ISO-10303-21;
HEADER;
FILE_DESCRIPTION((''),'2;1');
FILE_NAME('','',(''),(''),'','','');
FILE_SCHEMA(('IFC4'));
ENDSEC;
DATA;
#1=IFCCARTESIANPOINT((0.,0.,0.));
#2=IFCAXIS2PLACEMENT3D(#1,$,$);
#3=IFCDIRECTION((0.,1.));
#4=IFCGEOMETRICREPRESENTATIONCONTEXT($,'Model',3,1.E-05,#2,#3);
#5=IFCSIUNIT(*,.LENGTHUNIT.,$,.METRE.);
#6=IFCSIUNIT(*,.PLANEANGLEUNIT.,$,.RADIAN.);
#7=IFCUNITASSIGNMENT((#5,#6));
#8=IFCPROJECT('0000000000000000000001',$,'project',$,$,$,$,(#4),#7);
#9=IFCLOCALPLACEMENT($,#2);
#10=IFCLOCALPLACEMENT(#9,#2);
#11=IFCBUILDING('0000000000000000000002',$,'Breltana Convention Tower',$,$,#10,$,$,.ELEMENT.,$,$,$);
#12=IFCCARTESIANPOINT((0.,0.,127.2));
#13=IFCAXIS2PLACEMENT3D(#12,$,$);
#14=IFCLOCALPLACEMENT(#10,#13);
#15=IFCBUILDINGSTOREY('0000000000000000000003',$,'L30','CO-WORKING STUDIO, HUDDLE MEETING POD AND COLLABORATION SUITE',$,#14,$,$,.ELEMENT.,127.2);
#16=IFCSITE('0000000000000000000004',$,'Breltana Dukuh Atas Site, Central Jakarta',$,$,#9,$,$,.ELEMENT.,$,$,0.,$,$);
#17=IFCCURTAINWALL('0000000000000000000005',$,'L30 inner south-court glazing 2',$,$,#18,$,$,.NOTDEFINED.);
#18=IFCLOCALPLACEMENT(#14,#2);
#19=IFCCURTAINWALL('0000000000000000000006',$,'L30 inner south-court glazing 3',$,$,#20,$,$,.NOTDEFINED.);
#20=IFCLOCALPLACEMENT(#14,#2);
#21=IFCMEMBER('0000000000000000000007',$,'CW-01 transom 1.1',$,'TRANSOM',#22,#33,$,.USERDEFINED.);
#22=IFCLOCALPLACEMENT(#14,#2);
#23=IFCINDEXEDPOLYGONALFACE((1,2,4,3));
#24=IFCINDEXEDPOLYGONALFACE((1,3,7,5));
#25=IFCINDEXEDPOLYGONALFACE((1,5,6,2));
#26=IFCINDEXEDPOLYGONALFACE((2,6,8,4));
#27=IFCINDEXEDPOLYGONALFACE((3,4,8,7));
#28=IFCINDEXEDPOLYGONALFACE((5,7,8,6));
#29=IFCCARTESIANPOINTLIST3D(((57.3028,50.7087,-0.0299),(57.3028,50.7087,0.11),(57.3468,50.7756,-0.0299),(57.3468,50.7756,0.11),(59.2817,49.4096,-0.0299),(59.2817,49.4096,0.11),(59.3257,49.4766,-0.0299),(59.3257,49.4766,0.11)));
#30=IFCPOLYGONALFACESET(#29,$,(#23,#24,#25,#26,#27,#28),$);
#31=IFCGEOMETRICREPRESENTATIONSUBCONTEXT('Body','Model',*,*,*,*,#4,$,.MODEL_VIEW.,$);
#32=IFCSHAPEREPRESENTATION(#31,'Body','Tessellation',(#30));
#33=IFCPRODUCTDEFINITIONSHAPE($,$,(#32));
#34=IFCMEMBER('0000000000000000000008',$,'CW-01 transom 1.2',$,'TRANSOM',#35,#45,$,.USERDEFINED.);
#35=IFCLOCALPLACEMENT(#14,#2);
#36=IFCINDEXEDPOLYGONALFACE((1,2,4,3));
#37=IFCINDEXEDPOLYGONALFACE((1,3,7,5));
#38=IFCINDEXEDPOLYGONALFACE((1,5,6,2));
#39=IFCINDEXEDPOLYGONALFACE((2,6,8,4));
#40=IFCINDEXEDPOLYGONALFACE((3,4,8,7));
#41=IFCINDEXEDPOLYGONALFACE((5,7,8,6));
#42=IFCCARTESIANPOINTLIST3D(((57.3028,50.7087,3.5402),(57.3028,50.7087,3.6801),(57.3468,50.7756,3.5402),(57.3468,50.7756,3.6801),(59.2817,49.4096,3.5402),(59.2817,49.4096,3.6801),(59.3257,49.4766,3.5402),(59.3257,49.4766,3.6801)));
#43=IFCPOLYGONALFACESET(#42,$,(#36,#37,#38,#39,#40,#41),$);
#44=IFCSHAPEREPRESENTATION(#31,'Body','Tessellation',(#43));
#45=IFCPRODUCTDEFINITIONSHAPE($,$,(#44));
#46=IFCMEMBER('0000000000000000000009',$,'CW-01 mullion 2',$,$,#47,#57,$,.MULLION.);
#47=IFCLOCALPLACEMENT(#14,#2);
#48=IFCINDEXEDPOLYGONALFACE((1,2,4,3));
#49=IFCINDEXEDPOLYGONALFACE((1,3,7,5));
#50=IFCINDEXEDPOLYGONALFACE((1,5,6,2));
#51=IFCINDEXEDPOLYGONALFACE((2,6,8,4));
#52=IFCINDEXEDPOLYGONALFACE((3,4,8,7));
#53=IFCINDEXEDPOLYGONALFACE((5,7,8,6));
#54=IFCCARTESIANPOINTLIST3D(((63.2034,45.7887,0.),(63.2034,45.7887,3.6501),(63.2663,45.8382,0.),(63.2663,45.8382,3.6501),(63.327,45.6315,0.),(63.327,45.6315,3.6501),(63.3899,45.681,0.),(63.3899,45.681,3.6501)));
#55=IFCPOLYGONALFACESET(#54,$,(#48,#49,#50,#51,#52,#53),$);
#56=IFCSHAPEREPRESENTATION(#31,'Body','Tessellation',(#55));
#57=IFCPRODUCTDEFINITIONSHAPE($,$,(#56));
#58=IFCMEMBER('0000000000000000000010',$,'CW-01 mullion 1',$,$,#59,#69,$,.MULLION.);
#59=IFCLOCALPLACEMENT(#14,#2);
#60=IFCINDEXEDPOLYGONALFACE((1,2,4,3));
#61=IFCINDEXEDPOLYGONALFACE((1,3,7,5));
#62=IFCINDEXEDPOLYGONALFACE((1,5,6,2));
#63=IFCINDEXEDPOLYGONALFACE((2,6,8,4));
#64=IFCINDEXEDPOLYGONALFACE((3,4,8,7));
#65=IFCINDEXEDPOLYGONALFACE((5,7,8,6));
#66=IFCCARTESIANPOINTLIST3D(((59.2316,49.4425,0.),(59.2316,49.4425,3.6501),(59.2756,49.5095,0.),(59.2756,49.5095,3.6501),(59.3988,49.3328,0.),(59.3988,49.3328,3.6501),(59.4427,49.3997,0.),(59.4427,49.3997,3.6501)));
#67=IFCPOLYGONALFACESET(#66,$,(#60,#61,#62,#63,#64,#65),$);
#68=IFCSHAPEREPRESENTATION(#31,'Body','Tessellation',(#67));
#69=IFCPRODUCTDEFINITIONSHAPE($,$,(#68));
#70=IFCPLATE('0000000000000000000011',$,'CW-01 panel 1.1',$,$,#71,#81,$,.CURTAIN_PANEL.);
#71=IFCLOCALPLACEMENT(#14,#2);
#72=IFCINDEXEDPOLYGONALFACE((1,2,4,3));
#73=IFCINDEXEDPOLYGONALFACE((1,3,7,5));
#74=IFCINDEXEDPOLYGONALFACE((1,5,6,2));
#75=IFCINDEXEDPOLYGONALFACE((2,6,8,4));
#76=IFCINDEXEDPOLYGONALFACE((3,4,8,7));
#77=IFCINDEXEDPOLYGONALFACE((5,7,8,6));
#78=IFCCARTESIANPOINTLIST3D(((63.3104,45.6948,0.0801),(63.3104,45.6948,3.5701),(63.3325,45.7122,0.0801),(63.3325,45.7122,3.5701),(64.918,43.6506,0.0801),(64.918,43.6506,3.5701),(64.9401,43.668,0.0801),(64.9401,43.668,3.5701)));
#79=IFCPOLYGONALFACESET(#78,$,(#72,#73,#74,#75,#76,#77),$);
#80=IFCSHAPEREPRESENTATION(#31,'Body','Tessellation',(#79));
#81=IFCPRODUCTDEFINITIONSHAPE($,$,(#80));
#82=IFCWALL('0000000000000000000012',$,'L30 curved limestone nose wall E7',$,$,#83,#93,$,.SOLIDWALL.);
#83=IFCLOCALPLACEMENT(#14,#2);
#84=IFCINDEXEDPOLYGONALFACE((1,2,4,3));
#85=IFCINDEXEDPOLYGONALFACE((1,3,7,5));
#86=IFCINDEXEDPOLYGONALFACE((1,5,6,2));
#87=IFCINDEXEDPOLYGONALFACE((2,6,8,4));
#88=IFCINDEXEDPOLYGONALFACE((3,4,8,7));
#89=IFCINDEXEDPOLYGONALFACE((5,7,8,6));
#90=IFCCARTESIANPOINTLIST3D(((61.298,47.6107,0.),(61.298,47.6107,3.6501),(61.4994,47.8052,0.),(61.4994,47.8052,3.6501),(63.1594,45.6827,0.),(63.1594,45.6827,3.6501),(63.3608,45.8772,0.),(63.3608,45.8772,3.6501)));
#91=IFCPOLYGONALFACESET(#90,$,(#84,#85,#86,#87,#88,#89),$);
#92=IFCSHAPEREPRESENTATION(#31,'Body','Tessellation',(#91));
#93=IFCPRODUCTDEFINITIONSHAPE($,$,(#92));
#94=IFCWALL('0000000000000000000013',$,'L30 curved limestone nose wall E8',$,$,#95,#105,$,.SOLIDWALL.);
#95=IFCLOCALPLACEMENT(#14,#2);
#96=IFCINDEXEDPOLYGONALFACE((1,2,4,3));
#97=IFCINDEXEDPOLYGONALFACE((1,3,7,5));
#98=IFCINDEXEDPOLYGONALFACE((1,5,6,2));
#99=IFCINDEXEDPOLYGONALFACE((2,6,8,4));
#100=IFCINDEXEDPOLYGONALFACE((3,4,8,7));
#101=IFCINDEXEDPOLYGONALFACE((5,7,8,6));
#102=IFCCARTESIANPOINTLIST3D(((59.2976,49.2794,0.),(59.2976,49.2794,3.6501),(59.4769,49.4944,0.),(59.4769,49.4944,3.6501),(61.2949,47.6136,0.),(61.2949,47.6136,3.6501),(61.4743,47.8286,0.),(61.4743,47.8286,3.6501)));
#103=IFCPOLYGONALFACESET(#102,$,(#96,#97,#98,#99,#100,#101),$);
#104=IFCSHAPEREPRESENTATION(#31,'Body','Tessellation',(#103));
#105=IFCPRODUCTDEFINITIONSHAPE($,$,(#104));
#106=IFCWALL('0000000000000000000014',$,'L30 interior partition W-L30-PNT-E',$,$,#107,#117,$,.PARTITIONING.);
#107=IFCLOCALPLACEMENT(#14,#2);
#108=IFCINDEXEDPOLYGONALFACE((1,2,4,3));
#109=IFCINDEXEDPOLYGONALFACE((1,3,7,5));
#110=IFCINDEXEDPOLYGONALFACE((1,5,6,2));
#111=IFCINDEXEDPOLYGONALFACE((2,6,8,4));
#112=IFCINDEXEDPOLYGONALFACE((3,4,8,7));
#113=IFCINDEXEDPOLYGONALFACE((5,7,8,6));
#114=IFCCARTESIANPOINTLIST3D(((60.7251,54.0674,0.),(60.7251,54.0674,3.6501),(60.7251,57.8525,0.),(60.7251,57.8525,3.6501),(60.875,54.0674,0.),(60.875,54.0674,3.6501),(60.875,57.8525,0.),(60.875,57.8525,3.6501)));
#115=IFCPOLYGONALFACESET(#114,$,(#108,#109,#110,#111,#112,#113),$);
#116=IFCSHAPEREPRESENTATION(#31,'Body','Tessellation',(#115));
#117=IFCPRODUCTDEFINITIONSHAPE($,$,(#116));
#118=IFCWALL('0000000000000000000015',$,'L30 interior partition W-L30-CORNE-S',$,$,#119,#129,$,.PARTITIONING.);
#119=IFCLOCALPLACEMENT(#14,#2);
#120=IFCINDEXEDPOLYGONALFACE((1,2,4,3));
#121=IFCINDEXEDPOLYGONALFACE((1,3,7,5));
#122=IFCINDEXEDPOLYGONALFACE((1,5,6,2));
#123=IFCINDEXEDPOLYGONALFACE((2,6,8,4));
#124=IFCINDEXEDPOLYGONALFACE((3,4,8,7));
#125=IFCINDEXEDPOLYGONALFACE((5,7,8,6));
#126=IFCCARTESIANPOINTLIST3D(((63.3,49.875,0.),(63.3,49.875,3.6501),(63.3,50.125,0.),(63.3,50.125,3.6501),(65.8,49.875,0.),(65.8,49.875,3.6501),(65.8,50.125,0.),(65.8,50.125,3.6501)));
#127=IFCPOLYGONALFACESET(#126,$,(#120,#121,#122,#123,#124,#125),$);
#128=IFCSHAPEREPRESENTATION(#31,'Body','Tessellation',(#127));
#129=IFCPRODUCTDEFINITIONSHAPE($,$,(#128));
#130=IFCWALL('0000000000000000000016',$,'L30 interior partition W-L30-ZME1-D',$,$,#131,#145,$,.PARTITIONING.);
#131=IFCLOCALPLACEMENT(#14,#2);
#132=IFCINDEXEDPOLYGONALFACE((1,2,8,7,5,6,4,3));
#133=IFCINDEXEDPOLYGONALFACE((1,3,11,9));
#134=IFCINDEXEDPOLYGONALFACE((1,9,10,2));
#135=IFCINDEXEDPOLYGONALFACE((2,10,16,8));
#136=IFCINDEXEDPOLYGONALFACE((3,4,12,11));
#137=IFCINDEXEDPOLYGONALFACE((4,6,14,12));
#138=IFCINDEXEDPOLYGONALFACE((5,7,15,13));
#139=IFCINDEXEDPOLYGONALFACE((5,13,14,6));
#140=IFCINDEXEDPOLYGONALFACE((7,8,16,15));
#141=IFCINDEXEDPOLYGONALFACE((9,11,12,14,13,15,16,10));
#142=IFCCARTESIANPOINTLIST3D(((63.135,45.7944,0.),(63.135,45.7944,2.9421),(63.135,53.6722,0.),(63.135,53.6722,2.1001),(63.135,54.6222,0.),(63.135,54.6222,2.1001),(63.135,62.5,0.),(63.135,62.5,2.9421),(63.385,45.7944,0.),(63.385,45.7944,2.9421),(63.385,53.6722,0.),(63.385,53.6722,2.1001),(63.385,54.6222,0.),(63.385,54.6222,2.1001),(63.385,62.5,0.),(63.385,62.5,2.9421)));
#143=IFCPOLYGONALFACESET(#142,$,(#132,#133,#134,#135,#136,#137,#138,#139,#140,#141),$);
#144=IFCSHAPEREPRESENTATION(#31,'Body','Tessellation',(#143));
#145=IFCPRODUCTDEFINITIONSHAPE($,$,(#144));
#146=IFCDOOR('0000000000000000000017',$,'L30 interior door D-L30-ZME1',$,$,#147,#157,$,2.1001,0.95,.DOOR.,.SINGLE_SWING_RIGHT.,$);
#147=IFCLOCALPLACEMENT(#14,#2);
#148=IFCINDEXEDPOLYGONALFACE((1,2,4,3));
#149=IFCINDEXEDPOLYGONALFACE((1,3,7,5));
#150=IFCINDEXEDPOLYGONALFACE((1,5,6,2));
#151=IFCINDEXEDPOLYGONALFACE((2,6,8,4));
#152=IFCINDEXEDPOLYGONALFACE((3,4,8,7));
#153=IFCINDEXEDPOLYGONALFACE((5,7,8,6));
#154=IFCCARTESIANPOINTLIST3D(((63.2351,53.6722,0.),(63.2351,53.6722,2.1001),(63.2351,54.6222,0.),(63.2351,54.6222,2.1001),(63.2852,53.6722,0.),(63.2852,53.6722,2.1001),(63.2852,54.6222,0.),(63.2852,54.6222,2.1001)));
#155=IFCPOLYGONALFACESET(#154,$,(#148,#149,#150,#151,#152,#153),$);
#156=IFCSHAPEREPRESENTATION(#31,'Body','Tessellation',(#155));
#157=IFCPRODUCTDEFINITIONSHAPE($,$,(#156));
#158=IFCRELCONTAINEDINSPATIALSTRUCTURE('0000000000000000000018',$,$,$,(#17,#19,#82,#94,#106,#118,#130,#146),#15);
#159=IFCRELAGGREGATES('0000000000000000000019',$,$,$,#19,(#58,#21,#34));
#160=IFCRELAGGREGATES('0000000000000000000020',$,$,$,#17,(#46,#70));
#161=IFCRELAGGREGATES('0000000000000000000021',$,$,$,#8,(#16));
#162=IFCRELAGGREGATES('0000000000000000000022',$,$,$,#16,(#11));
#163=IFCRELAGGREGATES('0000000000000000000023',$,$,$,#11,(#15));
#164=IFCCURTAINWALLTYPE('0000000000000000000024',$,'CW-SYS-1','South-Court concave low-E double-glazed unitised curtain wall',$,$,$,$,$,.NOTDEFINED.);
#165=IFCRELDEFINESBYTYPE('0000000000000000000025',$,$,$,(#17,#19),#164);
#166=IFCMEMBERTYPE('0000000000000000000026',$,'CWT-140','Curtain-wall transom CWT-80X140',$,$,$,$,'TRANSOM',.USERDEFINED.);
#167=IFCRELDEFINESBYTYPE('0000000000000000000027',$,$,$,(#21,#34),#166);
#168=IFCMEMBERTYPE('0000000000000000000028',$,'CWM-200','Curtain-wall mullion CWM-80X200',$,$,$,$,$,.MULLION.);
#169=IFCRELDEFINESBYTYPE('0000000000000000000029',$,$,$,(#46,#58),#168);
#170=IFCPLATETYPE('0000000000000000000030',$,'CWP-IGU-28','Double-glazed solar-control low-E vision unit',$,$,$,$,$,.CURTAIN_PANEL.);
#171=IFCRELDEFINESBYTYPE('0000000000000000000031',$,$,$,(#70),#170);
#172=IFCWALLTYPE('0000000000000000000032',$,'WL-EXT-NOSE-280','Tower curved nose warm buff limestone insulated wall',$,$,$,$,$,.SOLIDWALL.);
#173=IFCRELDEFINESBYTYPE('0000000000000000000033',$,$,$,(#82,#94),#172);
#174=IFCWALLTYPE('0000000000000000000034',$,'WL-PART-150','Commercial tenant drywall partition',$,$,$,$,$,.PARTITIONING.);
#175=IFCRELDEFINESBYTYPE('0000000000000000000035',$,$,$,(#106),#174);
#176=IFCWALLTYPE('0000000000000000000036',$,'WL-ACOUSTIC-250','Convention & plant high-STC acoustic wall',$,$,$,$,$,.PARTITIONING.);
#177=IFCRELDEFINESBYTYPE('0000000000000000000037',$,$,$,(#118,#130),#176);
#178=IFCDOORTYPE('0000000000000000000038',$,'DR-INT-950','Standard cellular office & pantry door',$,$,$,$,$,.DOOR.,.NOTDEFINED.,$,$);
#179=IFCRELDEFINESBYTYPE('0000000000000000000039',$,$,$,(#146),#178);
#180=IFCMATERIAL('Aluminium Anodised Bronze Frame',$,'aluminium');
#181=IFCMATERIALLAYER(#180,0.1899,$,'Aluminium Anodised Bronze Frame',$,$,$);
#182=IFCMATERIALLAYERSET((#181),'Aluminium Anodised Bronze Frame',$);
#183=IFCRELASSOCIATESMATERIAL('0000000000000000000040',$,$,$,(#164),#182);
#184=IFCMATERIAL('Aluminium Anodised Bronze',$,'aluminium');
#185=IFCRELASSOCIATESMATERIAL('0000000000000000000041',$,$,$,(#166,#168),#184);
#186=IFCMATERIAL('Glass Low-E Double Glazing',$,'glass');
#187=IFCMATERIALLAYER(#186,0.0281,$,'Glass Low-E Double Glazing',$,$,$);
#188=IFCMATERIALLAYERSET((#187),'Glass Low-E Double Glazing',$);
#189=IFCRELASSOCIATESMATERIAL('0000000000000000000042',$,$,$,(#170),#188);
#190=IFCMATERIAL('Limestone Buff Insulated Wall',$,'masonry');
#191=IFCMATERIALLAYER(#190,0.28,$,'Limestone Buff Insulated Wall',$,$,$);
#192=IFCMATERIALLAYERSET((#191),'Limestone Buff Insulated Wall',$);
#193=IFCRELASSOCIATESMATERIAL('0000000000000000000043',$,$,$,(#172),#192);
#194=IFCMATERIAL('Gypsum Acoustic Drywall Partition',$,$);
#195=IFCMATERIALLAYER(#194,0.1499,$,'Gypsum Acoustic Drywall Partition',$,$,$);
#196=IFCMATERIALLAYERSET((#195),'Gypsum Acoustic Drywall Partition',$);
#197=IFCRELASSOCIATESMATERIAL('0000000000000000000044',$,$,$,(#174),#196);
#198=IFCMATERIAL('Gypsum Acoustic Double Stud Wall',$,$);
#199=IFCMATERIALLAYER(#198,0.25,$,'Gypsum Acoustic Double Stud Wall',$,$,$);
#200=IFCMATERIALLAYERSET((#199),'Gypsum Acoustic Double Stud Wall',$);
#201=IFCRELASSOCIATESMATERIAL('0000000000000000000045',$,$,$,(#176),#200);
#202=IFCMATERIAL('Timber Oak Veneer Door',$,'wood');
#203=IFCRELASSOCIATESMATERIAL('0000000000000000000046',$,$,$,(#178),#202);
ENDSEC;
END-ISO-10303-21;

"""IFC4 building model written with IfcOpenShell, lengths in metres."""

from ifc_helpers import new_model, si_unit, direction, frame, frame_2d, origin, origin_2d, place, context, subcontext, project, spatial, rectangle, extrude, source, transform, mapped, material, layer, layer_set, material_profile, profile_set, type_object, type_shapes, element, fill, aggregate, save


model = new_model("IFC4")

# Units and contexts
model_context = context("Model", 3, precision=1e-05, world=origin(), true_north=direction((0.0, 1.0)))
body_context = subcontext(model_context, "Body", "Model", "MODEL_VIEW")
ifc_project = project(units=[si_unit("LENGTHUNIT", "METRE"), si_unit("PLANEANGLEUNIT", "RADIAN")], contexts=[model_context])

# Site, building, storey
site_placement = place(None, origin())
site = spatial("IfcSite", under=ifc_project, at=site_placement, Name="Breltana Dukuh Atas Site, Central Jakarta", CompositionType="ELEMENT", RefElevation=0.0)
building_placement = place(site_placement, origin())
building = spatial("IfcBuilding", under=site, at=building_placement, Name="Breltana Convention Tower", CompositionType="ELEMENT")
storey_placement = place(building_placement, frame((0.0, 0.0, 127.2)))
storey = spatial("IfcBuildingStorey", under=building, at=storey_placement, Name="L30", Description="CO-WORKING STUDIO, HUDDLE MEETING POD AND COLLABORATION SUITE", CompositionType="ELEMENT", Elevation=127.2)

# Curtain wall
ifc_material_1 = material(Name="Aluminium Anodised Bronze Frame", Category="aluminium")
ifc_layer_1 = layer(ifc_material_1, 0.1899, Name="Aluminium Anodised Bronze Frame")
ifc_layer_set_1 = layer_set([ifc_layer_1], Name="Aluminium Anodised Bronze Frame")
curtain_wall_type = type_object("IfcCurtainWallType", Name="CW-SYS-1", Description="South-Court concave low-E double-glazed unitised curtain wall", PredefinedType="NOTDEFINED", material=ifc_layer_set_1)
curtain_wall_1_placement = place(storey_placement, origin())
curtain_wall_1 = element("IfcCurtainWall", 1, at=curtain_wall_1_placement, inside=storey, type_object=curtain_wall_type, Name="L30 inner south-court glazing 2", PredefinedType="NOTDEFINED")
ifc_material_2 = material(Name="Aluminium Anodised Bronze", Category="aluminium")
ifc_material_profile_1 = material_profile(ifc_material_2, rectangle(XDim=0.0801, YDim=0.1399, at=origin_2d()), Name="CWT-80X140")
ifc_profile_set_1 = profile_set([ifc_material_profile_1], Name="Aluminium Anodised Bronze")
member_type_1 = type_object("IfcMemberType", Name="CWT-140", Description="Curtain-wall transom CWT-80X140", ElementType="TRANSOM", PredefinedType="USERDEFINED", material=ifc_profile_set_1)

# Curtain wall, members
curtain_wall_2_placement = place(storey_placement, origin())
curtain_wall_2 = element("IfcCurtainWall", 2, at=curtain_wall_2_placement, inside=storey, type_object=curtain_wall_type, Name="L30 inner south-court glazing 3", PredefinedType="NOTDEFINED")
shared_shape_1 = source(origin(), body_context, "Body", "SweptSolid", [
    extrude(rectangle(XDim=0.0801, YDim=0.1399, at=origin_2d()), origin(), (0.0, 0.0, 1.0), 2.3672),
])
member_1_placement = place(storey_placement, frame((59.3037, 49.4431, 0.04), z_axis=(-0.83598, 0.54876, 0.0), x_axis=(-0.54876, -0.83598, 0.0)))
member_1 = element("IfcMember", 3, at=member_1_placement, type_object=member_type_1, Name="CW-01 transom 1.1", ObjectType="TRANSOM", PredefinedType="USERDEFINED", context=body_context, shape_type="MappedRepresentation", body=[
    mapped(shared_shape_1, transform((0.0, 0.0, 0.0), scale=1.0)),
])
member_2_placement = place(storey_placement, frame((59.3037, 49.4431, 3.6101), z_axis=(-0.83598, 0.54876, 0.0), x_axis=(-0.54876, -0.83598, 0.0)))
member_2 = element("IfcMember", 4, at=member_2_placement, type_object=member_type_1, Name="CW-01 transom 1.2", ObjectType="TRANSOM", PredefinedType="USERDEFINED", context=body_context, shape_type="MappedRepresentation", body=[
    mapped(shared_shape_1, transform((0.0, 0.0, 0.0), scale=1.0)),
])

# Members
ifc_material_profile_2 = material_profile(ifc_material_2, rectangle(XDim=0.0801, YDim=0.2, at=origin_2d()), Name="CWM-80X200")
ifc_profile_set_2 = profile_set([ifc_material_profile_2], Name="Aluminium Anodised Bronze")
member_type_2 = type_object("IfcMemberType", Name="CWM-200", Description="Curtain-wall mullion CWM-80X200", PredefinedType="MULLION", material=ifc_profile_set_2)
shared_shape_2 = source(origin(), body_context, "Body", "SweptSolid", [
    extrude(rectangle(XDim=0.0801, YDim=0.2, at=origin_2d()), origin(), (0.0, 0.0, 1.0), 3.6501),
])
member_3_placement = place(storey_placement, frame((63.2966, 45.7349, 0.0), z_axis=(0.0, 0.0, 1.0), x_axis=(-0.786054, -0.618157, 0.0)))
member_3 = element("IfcMember", 5, at=member_3_placement, type_object=member_type_2, Name="CW-01 mullion 2", PredefinedType="MULLION", context=body_context, shape_type="MappedRepresentation", body=[
    mapped(shared_shape_2, transform((0.0, 0.0, 0.0), scale=1.0)),
])
member_4_placement = place(storey_placement, frame((59.3372, 49.4211, 0.0), z_axis=(0.0, 0.0, 1.0), x_axis=(-0.548778, -0.835968, 0.0)))
member_4 = element("IfcMember", 6, at=member_4_placement, type_object=member_type_2, Name="CW-01 mullion 1", PredefinedType="MULLION", context=body_context, shape_type="MappedRepresentation", body=[
    mapped(shared_shape_2, transform((0.0, 0.0, 0.0), scale=1.0)),
])
aggregate(curtain_wall_2, [member_4, member_1, member_2])

# Plate
ifc_material_3 = material(Name="Glass Low-E Double Glazing", Category="glass")
ifc_layer_2 = layer(ifc_material_3, 0.0281, Name="Glass Low-E Double Glazing")
ifc_layer_set_2 = layer_set([ifc_layer_2], Name="Glass Low-E Double Glazing")
plate_type = type_object("IfcPlateType", Name="CWP-IGU-28", Description="Double-glazed solar-control low-E vision unit", PredefinedType="CURTAIN_PANEL", material=ifc_layer_set_2)
shared_shape_3 = source(origin(), body_context, "Body", "SweptSolid", [
    extrude(rectangle(XDim=2.6006, YDim=0.0281, at=origin_2d()), origin(), (0.0, 0.0, 1.0), 3.49),
])
plate_placement = place(storey_placement, frame((64.1252, 44.6814, 0.0801), z_axis=(0.0, 0.0, 1.0), x_axis=(-0.618157, 0.786054, 0.0)))
plate = element("IfcPlate", 7, at=plate_placement, type_object=plate_type, Name="CW-01 panel 1.1", PredefinedType="CURTAIN_PANEL", context=body_context, shape_type="MappedRepresentation", body=[
    mapped(shared_shape_3, transform((0.0, 0.0, 0.0), scale=1.0)),
])
aggregate(curtain_wall_1, [member_3, plate])

# Walls
ifc_material_4 = material(Name="Limestone Buff Insulated Wall", Category="masonry")
ifc_layer_3 = layer(ifc_material_4, 0.28, Name="Limestone Buff Insulated Wall")
ifc_layer_set_3 = layer_set([ifc_layer_3], Name="Limestone Buff Insulated Wall")
wall_type_1 = type_object("IfcWallType", Name="WL-EXT-NOSE-280", Description="Tower curved nose warm buff limestone insulated wall", PredefinedType="SOLIDWALL", material=ifc_layer_set_3)
shared_shape_4 = source(origin(), body_context, "Body", "SweptSolid", [
    extrude(rectangle(XDim=2.6799, YDim=0.28, at=frame_2d((1.3398, 0.0))), origin(), (0.0, 0.0, 1.0), 3.6501),
])
wall_1_placement = place(storey_placement, frame((63.26, 45.78, 0.0), z_axis=(0.0, 0.0, 1.0), x_axis=(-0.694562, 0.719433, 0.0)))
element("IfcWall", 8, at=wall_1_placement, inside=storey, type_object=wall_type_1, Name="L30 curved limestone nose wall E7", PredefinedType="SOLIDWALL", context=body_context, shape_type="MappedRepresentation", body=[
    mapped(shared_shape_4, transform((0.0, 0.0, 0.0), scale=1.0)),
])
shared_shape_5 = source(origin(), body_context, "Body", "SweptSolid", [
    extrude(rectangle(XDim=2.6008, YDim=0.28, at=frame_2d((1.3003, 0.0))), origin(), (0.0, 0.0, 1.0), 3.6501),
])
wall_2_placement = place(storey_placement, frame((61.3845, 47.7212, 0.0), z_axis=(0.0, 0.0, 1.0), x_axis=(-0.767967, 0.640489, 0.0)))
element("IfcWall", 9, at=wall_2_placement, inside=storey, type_object=wall_type_1, Name="L30 curved limestone nose wall E8", PredefinedType="SOLIDWALL", context=body_context, shape_type="MappedRepresentation", body=[
    mapped(shared_shape_5, transform((0.0, 0.0, 0.0), scale=1.0)),
])
ifc_material_5 = material(Name="Gypsum Acoustic Drywall Partition")
ifc_layer_4 = layer(ifc_material_5, 0.1499, Name="Gypsum Acoustic Drywall Partition")
ifc_layer_set_4 = layer_set([ifc_layer_4], Name="Gypsum Acoustic Drywall Partition")
wall_type_2 = type_object("IfcWallType", Name="WL-PART-150", Description="Commercial tenant drywall partition", PredefinedType="PARTITIONING", material=ifc_layer_set_4)
shared_shape_6 = source(origin(), body_context, "Body", "SweptSolid", [
    extrude(rectangle(XDim=3.7852, YDim=0.1499, at=frame_2d((1.8926, 0.0))), origin(), (0.0, 0.0, 1.0), 3.6501),
])
wall_3_placement = place(storey_placement, frame((60.8, 54.0674, 0.0), z_axis=(0.0, 0.0, 1.0), x_axis=(0.0, 1.0, 0.0)))
element("IfcWall", 10, at=wall_3_placement, inside=storey, type_object=wall_type_2, Name="L30 interior partition W-L30-PNT-E", PredefinedType="PARTITIONING", context=body_context, shape_type="MappedRepresentation", body=[
    mapped(shared_shape_6, transform((0.0, 0.0, 0.0), scale=1.0)),
])
ifc_material_6 = material(Name="Gypsum Acoustic Double Stud Wall")
ifc_layer_5 = layer(ifc_material_6, 0.25, Name="Gypsum Acoustic Double Stud Wall")
ifc_layer_set_5 = layer_set([ifc_layer_5], Name="Gypsum Acoustic Double Stud Wall")
wall_type_3 = type_object("IfcWallType", Name="WL-ACOUSTIC-250", Description="Convention & plant high-STC acoustic wall", PredefinedType="PARTITIONING", material=ifc_layer_set_5)
shared_shape_7 = source(origin(), body_context, "Body", "SweptSolid", [
    extrude(rectangle(XDim=2.5, YDim=0.25, at=frame_2d((1.25, 0.0))), origin(), (0.0, 0.0, 1.0), 3.6501),
])
wall_4_placement = place(storey_placement, frame((63.3, 50.0, 0.0), z_axis=(0.0, 0.0, 1.0), x_axis=(1.0, 0.0, 0.0)))
element("IfcWall", 11, at=wall_4_placement, inside=storey, type_object=wall_type_3, Name="L30 interior partition W-L30-CORNE-S", PredefinedType="PARTITIONING", context=body_context, shape_type="MappedRepresentation", body=[
    mapped(shared_shape_7, transform((0.0, 0.0, 0.0), scale=1.0)),
])

# Wall, opening, door
shared_shape_8 = source(origin(), body_context, "Body", "SweptSolid", [
    extrude(rectangle(XDim=16.7056, YDim=0.25, at=frame_2d((8.3528, 0.0))), origin(), (0.0, 0.0, 1.0), 2.9421),
])
wall_5_placement = place(storey_placement, frame((63.26, 45.7944, 0.0), z_axis=(0.0, 0.0, 1.0), x_axis=(0.0, 1.0, 0.0)))
wall_5 = element("IfcWall", 12, at=wall_5_placement, inside=storey, type_object=wall_type_3, Name="L30 interior partition W-L30-ZME1-D", PredefinedType="PARTITIONING", context=body_context, shape_type="MappedRepresentation", body=[
    mapped(shared_shape_8, transform((0.0, 0.0, 0.0), scale=1.0)),
])
opening_placement = place(wall_5_placement, frame((7.8777, 0.0, 0.0)))
opening = element("IfcOpeningElement", 13, at=opening_placement, cuts=wall_5, PredefinedType="OPENING", context=body_context, shape_type="SweptSolid", body=[
    extrude(rectangle(XDim=0.95, YDim=2.1001, at=frame_2d((0.4751, 1.05))), frame((0.0, 0.135, 0.0), z_axis=(0.0, -1.0, 0.0), x_axis=(1.0, 0.0, 0.0)), (0.0, 0.0, 1.0), 0.27),
])
ifc_material_7 = material(Name="Timber Oak Veneer Door", Category="wood")
door_type = type_object("IfcDoorType", Name="DR-INT-950", Description="Standard cellular office & pantry door", OperationType="NOTDEFINED", PredefinedType="DOOR", material=ifc_material_7)
shared_shape_9 = source(origin(), body_context, "Body", "SweptSolid", [
    extrude(rectangle(XDim=0.95, YDim=2.1001, at=frame_2d((0.4751, 1.05))), frame((0.0, 0.0249, 0.0), z_axis=(0.0, -1.0, 0.0), x_axis=(1.0, 0.0, 0.0)), (0.0, 0.0, 1.0), 0.05),
])
type_shapes(door_type, [shared_shape_9])
door_placement = place(opening_placement, origin())
door = element("IfcDoor", 14, at=door_placement, inside=storey, type_object=door_type, Name="L30 interior door D-L30-ZME1", OperationType="SINGLE_SWING_RIGHT", OverallHeight=2.1001, OverallWidth=0.95, PredefinedType="DOOR", context=body_context, shape_type="MappedRepresentation", body=[
    mapped(shared_shape_9, transform((0.0, 0.0, 0.0), scale=1.0)),
])
fill(opening, door)

save(model, "model.ifc")
